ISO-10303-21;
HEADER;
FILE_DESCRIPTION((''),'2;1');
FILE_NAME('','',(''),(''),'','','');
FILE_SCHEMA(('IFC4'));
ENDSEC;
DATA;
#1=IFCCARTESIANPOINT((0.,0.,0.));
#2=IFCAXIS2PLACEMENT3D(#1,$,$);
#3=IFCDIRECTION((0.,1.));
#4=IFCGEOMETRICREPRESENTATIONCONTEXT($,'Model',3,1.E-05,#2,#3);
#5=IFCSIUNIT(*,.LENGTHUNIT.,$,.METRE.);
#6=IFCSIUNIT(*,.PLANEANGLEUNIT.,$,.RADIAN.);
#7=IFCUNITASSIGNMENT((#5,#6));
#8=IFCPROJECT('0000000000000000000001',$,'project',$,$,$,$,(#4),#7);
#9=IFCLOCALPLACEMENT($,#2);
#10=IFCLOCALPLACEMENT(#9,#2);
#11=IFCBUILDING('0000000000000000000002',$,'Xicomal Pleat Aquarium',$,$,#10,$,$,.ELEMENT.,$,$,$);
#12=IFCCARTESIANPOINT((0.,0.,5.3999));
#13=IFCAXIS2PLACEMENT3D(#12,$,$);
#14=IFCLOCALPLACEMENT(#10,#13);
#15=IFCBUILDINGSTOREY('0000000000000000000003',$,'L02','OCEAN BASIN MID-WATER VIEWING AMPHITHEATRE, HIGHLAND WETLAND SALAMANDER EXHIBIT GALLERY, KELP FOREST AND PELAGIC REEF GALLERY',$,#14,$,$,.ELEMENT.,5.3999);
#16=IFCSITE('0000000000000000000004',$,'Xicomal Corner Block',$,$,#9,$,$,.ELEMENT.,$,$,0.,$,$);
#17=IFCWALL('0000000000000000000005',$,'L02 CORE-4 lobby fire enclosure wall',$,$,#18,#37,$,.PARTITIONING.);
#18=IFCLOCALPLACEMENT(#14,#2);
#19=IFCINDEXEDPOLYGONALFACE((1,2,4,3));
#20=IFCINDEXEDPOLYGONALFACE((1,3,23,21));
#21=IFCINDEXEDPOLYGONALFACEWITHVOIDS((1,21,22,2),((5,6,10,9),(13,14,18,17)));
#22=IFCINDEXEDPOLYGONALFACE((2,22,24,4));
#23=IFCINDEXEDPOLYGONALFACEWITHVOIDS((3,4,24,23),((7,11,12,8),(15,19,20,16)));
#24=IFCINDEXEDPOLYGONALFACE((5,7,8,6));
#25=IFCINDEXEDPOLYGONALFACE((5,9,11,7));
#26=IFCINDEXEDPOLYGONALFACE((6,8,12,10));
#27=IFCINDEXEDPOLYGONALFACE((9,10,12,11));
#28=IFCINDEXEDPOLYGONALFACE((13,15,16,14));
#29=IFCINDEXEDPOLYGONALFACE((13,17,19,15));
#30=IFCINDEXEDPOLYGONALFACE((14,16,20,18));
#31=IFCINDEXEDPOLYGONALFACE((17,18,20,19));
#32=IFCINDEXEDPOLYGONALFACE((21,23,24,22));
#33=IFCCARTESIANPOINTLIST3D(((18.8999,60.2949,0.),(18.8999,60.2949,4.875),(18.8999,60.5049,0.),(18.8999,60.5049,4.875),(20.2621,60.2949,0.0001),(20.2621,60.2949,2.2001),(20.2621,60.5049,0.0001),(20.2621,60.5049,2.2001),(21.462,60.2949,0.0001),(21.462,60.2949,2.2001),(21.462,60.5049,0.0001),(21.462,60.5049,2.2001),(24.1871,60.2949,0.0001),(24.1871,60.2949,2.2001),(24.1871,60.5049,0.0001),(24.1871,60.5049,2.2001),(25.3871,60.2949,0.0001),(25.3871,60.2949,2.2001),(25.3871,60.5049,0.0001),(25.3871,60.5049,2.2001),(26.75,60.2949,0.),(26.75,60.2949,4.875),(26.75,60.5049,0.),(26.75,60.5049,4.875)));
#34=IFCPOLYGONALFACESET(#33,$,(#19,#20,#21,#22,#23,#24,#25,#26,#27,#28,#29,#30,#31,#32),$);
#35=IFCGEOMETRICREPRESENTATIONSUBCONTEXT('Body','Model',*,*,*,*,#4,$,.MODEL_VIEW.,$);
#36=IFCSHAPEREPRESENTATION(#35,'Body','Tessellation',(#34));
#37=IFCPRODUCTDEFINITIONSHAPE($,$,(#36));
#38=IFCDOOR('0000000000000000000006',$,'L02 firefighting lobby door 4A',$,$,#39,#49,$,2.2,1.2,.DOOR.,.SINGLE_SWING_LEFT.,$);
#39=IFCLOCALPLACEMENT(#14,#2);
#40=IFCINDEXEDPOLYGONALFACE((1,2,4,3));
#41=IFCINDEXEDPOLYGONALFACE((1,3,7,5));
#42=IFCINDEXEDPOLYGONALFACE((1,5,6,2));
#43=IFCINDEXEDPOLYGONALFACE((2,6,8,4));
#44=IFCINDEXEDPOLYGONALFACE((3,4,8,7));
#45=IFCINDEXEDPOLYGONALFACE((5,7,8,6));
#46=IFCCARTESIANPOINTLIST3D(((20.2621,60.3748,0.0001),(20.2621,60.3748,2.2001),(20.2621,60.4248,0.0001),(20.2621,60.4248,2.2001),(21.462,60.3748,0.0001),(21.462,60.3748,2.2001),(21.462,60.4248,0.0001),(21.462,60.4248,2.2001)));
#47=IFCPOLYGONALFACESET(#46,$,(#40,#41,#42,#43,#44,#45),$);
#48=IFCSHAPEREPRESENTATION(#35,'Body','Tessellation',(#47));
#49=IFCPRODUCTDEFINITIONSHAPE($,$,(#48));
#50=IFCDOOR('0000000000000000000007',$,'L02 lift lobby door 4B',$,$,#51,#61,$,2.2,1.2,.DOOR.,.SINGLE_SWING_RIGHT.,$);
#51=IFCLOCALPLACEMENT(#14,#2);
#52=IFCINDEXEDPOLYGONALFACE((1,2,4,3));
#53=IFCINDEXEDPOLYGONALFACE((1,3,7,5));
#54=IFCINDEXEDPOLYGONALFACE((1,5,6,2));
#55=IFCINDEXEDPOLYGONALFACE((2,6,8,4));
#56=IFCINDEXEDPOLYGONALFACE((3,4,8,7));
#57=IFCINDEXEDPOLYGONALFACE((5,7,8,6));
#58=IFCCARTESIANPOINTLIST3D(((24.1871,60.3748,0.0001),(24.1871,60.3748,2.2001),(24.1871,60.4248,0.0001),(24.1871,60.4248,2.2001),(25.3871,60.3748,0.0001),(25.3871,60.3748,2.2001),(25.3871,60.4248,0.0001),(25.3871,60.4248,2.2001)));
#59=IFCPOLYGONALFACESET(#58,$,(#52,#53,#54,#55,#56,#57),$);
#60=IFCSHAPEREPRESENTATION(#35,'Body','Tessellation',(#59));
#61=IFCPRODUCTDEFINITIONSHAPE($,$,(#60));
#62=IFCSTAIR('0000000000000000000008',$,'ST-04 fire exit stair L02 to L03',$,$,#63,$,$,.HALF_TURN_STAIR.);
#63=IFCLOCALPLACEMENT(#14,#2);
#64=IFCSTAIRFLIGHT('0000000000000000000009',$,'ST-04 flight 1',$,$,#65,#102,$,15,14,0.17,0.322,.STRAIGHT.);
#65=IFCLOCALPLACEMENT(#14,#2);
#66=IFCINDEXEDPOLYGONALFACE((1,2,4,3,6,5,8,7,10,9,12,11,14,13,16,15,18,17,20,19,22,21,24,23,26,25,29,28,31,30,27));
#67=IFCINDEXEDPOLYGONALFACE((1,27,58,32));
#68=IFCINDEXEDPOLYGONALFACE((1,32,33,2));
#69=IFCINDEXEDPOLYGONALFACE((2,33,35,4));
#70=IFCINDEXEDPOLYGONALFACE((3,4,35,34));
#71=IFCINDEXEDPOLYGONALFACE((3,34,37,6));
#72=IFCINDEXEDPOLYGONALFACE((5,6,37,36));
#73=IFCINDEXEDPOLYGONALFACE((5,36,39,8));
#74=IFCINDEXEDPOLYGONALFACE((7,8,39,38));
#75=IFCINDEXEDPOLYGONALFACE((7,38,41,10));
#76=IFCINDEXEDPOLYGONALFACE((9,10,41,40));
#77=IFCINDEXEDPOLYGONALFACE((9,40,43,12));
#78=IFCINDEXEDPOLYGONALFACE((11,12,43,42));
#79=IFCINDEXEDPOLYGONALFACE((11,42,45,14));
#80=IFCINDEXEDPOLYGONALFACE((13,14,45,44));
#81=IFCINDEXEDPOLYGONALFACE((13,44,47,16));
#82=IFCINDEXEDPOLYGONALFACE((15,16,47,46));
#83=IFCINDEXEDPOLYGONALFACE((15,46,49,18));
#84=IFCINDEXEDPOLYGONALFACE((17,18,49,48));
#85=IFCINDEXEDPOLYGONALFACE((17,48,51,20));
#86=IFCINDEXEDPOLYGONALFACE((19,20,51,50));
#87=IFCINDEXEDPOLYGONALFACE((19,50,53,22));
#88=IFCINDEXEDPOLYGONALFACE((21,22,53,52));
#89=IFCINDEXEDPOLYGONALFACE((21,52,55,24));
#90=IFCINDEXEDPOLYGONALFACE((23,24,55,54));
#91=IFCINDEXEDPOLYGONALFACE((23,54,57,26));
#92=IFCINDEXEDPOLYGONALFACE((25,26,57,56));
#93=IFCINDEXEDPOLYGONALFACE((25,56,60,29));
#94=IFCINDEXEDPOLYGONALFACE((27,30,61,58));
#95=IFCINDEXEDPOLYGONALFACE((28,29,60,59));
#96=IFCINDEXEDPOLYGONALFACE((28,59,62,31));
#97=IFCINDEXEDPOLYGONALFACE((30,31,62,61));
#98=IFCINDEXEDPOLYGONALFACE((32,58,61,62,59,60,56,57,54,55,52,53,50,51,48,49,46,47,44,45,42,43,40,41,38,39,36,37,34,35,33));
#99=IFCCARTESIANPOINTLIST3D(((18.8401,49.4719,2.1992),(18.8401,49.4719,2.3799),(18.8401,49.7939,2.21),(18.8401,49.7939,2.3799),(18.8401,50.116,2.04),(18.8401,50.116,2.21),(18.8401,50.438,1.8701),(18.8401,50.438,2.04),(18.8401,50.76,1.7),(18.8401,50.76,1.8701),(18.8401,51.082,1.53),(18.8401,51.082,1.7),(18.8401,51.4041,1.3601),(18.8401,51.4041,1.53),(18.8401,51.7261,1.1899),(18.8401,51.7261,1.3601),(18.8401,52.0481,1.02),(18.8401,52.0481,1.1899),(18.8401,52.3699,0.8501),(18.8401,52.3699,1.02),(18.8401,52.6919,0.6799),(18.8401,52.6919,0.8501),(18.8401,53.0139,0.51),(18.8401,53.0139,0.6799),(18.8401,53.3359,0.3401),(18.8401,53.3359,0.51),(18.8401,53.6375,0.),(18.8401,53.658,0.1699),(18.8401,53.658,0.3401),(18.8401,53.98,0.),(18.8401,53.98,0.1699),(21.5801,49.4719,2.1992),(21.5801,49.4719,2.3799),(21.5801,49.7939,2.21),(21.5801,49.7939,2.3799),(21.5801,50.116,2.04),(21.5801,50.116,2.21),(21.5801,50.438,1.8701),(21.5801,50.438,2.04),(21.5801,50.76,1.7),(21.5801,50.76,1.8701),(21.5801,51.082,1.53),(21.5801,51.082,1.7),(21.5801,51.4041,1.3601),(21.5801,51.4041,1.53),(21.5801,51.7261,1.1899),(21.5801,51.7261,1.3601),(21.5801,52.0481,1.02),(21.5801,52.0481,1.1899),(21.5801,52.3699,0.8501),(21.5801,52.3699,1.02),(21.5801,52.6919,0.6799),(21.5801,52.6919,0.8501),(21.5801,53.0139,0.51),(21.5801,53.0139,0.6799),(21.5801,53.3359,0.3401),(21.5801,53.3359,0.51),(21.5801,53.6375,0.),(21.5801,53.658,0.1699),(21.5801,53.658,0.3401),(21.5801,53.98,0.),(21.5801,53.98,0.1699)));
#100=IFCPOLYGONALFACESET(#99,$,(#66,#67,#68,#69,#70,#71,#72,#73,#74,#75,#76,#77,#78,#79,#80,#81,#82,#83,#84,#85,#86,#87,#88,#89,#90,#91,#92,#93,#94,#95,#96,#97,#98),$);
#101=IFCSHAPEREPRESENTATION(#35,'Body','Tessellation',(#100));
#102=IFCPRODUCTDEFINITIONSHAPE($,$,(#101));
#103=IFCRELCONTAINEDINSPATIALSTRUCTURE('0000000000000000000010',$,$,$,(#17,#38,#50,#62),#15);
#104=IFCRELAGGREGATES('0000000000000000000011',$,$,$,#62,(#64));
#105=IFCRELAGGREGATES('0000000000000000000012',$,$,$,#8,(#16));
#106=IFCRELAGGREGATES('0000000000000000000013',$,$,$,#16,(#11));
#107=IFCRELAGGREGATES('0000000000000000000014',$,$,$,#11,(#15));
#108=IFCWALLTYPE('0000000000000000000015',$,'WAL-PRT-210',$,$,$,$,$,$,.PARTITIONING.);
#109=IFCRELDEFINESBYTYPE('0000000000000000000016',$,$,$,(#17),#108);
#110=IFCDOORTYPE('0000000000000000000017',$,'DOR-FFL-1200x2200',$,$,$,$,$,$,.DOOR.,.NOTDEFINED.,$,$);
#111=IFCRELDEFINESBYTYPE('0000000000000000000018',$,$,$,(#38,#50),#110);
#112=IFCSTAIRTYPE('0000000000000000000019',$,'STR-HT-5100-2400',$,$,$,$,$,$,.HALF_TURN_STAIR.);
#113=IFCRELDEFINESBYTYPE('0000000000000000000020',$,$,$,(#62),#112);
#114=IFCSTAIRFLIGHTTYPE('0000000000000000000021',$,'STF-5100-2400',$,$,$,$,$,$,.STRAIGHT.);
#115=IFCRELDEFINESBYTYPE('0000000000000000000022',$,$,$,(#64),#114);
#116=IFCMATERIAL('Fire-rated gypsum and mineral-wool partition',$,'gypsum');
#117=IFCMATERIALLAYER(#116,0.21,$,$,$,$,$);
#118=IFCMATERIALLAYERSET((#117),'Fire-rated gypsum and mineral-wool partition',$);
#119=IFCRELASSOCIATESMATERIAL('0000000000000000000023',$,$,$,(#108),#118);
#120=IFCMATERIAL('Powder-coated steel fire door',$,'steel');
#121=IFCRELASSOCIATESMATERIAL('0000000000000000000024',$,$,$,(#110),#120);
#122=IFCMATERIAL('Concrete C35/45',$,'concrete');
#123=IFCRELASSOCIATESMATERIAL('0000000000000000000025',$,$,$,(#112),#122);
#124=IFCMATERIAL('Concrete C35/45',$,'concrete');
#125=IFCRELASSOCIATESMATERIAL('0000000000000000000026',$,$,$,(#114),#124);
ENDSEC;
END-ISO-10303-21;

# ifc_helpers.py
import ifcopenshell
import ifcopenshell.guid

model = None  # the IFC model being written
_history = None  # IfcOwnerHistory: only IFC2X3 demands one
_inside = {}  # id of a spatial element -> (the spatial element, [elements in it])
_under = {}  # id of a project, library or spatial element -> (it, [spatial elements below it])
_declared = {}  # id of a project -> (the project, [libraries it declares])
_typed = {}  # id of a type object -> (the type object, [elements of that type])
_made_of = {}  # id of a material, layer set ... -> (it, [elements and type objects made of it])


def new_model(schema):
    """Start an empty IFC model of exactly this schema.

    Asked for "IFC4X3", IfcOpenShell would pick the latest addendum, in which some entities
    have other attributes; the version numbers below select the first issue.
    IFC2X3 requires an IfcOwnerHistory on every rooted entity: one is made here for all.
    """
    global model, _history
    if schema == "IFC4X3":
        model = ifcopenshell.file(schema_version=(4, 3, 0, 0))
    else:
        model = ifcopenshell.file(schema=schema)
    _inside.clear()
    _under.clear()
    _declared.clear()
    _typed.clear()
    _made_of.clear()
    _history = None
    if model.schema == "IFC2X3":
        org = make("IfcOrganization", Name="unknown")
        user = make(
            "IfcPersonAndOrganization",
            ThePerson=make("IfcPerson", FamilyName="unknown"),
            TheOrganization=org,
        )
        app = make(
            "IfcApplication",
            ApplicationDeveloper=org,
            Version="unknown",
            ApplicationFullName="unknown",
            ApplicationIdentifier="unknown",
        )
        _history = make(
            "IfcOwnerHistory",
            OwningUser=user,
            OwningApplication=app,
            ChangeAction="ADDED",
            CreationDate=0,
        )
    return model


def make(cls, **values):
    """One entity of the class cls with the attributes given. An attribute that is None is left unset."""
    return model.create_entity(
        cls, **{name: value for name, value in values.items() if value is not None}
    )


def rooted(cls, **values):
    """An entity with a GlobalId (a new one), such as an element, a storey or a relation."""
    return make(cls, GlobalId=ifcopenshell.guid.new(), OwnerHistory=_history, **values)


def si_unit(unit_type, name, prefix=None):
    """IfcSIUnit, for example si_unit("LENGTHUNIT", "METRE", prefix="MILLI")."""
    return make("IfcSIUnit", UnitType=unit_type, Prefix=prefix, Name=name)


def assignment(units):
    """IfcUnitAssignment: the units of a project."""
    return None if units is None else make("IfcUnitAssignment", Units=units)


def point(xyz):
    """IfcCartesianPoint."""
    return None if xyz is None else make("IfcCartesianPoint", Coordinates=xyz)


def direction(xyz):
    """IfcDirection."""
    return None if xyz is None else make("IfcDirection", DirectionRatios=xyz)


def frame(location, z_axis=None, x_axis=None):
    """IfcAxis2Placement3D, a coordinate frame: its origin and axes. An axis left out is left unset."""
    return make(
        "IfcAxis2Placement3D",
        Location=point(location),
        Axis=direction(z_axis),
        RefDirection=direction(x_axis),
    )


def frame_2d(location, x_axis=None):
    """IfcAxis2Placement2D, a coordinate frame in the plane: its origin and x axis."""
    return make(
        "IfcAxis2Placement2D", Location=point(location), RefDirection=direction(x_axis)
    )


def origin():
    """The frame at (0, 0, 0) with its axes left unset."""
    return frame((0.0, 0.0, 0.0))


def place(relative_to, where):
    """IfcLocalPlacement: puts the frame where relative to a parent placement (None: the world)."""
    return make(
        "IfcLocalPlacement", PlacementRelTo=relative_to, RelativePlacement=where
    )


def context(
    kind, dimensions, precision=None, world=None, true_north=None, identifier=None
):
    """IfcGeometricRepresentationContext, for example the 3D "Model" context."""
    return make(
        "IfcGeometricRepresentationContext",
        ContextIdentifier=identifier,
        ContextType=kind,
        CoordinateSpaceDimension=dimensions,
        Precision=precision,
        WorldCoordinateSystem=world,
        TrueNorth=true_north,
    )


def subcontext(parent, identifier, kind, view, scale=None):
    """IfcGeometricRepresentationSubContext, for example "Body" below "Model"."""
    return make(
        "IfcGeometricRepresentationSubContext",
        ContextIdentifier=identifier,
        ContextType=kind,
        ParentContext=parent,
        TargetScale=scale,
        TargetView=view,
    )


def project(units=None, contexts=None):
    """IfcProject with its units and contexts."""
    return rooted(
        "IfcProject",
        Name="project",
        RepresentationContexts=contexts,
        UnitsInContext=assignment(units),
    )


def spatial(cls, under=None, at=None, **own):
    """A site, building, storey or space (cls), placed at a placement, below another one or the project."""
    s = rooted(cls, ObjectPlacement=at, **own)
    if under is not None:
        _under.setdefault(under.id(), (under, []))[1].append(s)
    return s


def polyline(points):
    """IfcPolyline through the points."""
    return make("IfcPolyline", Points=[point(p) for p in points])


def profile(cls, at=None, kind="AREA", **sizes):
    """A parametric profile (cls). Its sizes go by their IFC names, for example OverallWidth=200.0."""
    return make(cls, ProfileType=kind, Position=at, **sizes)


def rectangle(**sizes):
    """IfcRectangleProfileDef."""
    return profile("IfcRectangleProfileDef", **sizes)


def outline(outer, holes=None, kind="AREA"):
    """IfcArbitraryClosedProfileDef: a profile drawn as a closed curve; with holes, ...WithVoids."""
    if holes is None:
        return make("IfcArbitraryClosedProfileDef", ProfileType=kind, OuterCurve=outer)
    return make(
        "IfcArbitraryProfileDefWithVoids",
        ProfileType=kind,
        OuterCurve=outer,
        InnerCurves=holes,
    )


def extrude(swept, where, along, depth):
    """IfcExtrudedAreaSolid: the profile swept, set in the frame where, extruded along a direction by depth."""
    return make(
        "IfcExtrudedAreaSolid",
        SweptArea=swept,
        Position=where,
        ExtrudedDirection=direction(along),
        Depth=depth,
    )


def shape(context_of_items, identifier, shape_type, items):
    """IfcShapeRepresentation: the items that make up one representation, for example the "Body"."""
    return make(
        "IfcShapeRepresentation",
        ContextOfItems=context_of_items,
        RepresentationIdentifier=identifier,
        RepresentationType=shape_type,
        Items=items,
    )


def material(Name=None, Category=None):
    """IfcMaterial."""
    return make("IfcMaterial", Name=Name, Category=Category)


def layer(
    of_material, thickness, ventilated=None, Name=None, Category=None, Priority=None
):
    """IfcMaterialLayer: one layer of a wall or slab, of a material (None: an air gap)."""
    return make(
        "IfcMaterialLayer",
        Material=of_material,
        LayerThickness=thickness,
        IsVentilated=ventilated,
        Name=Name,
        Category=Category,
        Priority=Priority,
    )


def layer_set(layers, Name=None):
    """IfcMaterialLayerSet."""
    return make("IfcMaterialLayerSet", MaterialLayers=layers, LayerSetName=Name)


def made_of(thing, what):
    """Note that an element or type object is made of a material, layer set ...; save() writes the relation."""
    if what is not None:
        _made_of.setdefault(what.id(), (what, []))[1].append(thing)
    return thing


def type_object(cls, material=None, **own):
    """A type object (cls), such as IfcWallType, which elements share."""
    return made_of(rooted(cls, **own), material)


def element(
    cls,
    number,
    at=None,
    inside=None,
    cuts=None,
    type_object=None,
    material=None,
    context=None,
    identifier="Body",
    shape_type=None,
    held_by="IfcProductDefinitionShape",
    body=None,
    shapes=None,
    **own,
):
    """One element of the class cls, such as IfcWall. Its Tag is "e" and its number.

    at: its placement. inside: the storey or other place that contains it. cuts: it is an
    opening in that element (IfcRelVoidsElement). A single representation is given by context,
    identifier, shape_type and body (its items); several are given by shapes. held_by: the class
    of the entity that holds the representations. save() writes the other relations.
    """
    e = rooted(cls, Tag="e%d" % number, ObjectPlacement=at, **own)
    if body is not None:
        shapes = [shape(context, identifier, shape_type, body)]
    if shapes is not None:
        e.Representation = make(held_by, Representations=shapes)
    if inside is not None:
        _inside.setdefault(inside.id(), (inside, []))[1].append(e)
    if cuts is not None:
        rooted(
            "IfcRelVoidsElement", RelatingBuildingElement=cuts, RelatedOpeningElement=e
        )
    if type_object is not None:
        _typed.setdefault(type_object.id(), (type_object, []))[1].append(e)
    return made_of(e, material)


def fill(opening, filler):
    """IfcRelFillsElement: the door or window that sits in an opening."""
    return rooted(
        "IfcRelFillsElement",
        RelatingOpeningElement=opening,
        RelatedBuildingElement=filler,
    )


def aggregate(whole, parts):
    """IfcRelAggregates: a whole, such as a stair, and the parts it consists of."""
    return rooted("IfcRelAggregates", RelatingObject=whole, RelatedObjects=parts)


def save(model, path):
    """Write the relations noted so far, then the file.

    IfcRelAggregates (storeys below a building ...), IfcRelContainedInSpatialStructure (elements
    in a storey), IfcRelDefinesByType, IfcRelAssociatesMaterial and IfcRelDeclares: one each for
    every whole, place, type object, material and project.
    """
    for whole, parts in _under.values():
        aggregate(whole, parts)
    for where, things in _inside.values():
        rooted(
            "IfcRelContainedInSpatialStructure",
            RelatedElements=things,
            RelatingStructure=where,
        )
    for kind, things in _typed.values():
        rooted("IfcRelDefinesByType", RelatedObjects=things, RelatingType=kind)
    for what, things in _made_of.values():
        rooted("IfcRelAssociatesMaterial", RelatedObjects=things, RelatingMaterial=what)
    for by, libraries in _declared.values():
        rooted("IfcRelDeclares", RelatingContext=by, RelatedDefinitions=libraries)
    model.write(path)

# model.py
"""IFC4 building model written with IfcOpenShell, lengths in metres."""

from ifc_helpers import new_model, si_unit, direction, frame, frame_2d, origin, place, context, subcontext, project, spatial, polyline, rectangle, outline, extrude, material, layer, layer_set, type_object, element, fill, aggregate, save


model = new_model("IFC4")

# Units and contexts
model_context = context("Model", 3, precision=1e-05, world=origin(), true_north=direction((0.0, 1.0)))
body_context = subcontext(model_context, "Body", "Model", "MODEL_VIEW")
ifc_project = project(units=[si_unit("LENGTHUNIT", "METRE"), si_unit("PLANEANGLEUNIT", "RADIAN")], contexts=[model_context])

# Site, building, storey
site_placement = place(None, origin())
site = spatial("IfcSite", under=ifc_project, at=site_placement, Name="Xicomal Corner Block", CompositionType="ELEMENT", RefElevation=0.0)
building_placement = place(site_placement, origin())
building = spatial("IfcBuilding", under=site, at=building_placement, Name="Xicomal Pleat Aquarium", CompositionType="ELEMENT")
storey_placement = place(building_placement, frame((0.0, 0.0, 5.3999)))
storey = spatial("IfcBuildingStorey", under=building, at=storey_placement, Name="L02", Description="OCEAN BASIN MID-WATER VIEWING AMPHITHEATRE, HIGHLAND WETLAND SALAMANDER EXHIBIT GALLERY, KELP FOREST AND PELAGIC REEF GALLERY", CompositionType="ELEMENT", Elevation=5.3999)

# Wall, openings, doors
ifc_material_1 = material(Name="Fire-rated gypsum and mineral-wool partition", Category="gypsum")
ifc_layer_1 = layer(ifc_material_1, 0.21)
ifc_layer_set_1 = layer_set([ifc_layer_1], Name="Fire-rated gypsum and mineral-wool partition")
wall_type_1 = type_object("IfcWallType", Name="WAL-PRT-210", PredefinedType="PARTITIONING", material=ifc_layer_set_1)
wall_1_placement = place(storey_placement, frame((18.8999, 60.3999, 0.0), z_axis=(0.0, 0.0, 1.0), x_axis=(1.0, 0.0, 0.0)))
wall_1 = element("IfcWall", 1, at=wall_1_placement, inside=storey, type_object=wall_type_1, Name="L02 CORE-4 lobby fire enclosure wall", PredefinedType="PARTITIONING", context=body_context, shape_type="SweptSolid", body=[
    extrude(rectangle(XDim=7.8501, YDim=0.21, at=frame_2d((3.925, 0.0))), origin(), (0.0, 0.0, 1.0), 4.875),
])
opening_1_placement = place(wall_1_placement, frame((1.3621, 0.0, 0.0)))
opening_1 = element("IfcOpeningElement", 2, at=opening_1_placement, cuts=wall_1, PredefinedType="OPENING", context=body_context, shape_type="SweptSolid", body=[
    extrude(rectangle(XDim=1.2, YDim=2.2, at=frame_2d((0.6001, 1.1001))), frame((0.0, 0.115, 0.0), z_axis=(0.0, -1.0, 0.0), x_axis=(1.0, 0.0, 0.0)), (0.0, 0.0, 1.0), 0.23),
])
opening_2_placement = place(wall_1_placement, frame((5.2871, 0.0, 0.0)))
opening_2 = element("IfcOpeningElement", 3, at=opening_2_placement, cuts=wall_1, PredefinedType="OPENING", context=body_context, shape_type="SweptSolid", body=[
    extrude(rectangle(XDim=1.2, YDim=2.2, at=frame_2d((0.6001, 1.1001))), frame((0.0, 0.115, 0.0), z_axis=(0.0, -1.0, 0.0), x_axis=(1.0, 0.0, 0.0)), (0.0, 0.0, 1.0), 0.23),
])
ifc_material_2 = material(Name="Powder-coated steel fire door", Category="steel")
door_type_1 = type_object("IfcDoorType", Name="DOR-FFL-1200x2200", OperationType="NOTDEFINED", PredefinedType="DOOR", material=ifc_material_2)
door_1_placement = place(opening_1_placement, origin())
door_1 = element("IfcDoor", 4, at=door_1_placement, inside=storey, type_object=door_type_1, Name="L02 firefighting lobby door 4A", OperationType="SINGLE_SWING_LEFT", OverallHeight=2.2, OverallWidth=1.2, PredefinedType="DOOR", context=body_context, shape_type="SweptSolid", body=[
    extrude(rectangle(XDim=1.2, YDim=2.2, at=frame_2d((0.6001, 1.1001))), frame((0.0, 0.0249, 0.0), z_axis=(0.0, -1.0, 0.0), x_axis=(1.0, 0.0, 0.0)), (0.0, 0.0, 1.0), 0.05),
])
fill(opening_1, door_1)
door_2_placement = place(opening_2_placement, origin())
door_2 = element("IfcDoor", 5, at=door_2_placement, inside=storey, type_object=door_type_1, Name="L02 lift lobby door 4B", OperationType="SINGLE_SWING_RIGHT", OverallHeight=2.2, OverallWidth=1.2, PredefinedType="DOOR", context=body_context, shape_type="SweptSolid", body=[
    extrude(rectangle(XDim=1.2, YDim=2.2, at=frame_2d((0.6001, 1.1001))), frame((0.0, 0.0249, 0.0), z_axis=(0.0, -1.0, 0.0), x_axis=(1.0, 0.0, 0.0)), (0.0, 0.0, 1.0), 0.05),
])
fill(opening_2, door_2)

# Stair, stair flight
ifc_material_3 = material(Name="Concrete C35/45", Category="concrete")
stair_type = type_object("IfcStairType", Name="STR-HT-5100-2400", PredefinedType="HALF_TURN_STAIR", material=ifc_material_3)
stair_placement = place(storey_placement, origin())
stair = element("IfcStair", 6, at=stair_placement, inside=storey, type_object=stair_type, Name="ST-04 fire exit stair L02 to L03", PredefinedType="HALF_TURN_STAIR")
ifc_material_4 = material(Name="Concrete C35/45", Category="concrete")
stair_flight_type = type_object("IfcStairFlightType", Name="STF-5100-2400", PredefinedType="STRAIGHT", material=ifc_material_4)
stair_flight_placement = place(storey_placement, frame((20.21, 53.98, 0.0), z_axis=(0.0, 0.0, 1.0), x_axis=(0.0, -1.0, 0.0)))
stair_flight = element("IfcStairFlight", 7, at=stair_flight_placement, type_object=stair_flight_type, Name="ST-04 flight 1", NumberOfRisers=15, NumberOfTreads=14, PredefinedType="STRAIGHT", RiserHeight=0.17, TreadLength=0.322, context=body_context, shape_type="SweptSolid", body=[
    extrude(outline(polyline([(0.0, 0.0), (0.0, 0.1699), (0.322, 0.1699), (0.322, 0.3401), (0.644, 0.3401), (0.644, 0.51), (0.9661, 0.51), (0.9661, 0.6799), (1.2881, 0.6799), (1.2881, 0.8501), (1.6101, 0.8501), (1.6101, 1.02), (1.9319, 1.02), (1.9319, 1.1899), (2.2539, 1.1899), (2.2539, 1.3601), (2.5759, 1.3601), (2.5759, 1.53), (2.8979, 1.53), (2.8979, 1.7), (3.22, 1.7), (3.22, 1.8701), (3.542, 1.8701), (3.542, 2.04), (3.864, 2.04), (3.864, 2.21), (4.186, 2.21), (4.186, 2.3799), (4.5081, 2.3799), (4.5081, 2.55), (4.5081, 2.1992), (0.3425, 0.0), (0.0, 0.0)])), frame((0.0, 1.3701, 0.0), z_axis=(0.0, -1.0, 0.0), x_axis=(1.0, 0.0, 0.0)), (0.0, 0.0, 1.0), 2.74),
])
aggregate(stair, [stair_flight])

save(model, "model.ifc")
